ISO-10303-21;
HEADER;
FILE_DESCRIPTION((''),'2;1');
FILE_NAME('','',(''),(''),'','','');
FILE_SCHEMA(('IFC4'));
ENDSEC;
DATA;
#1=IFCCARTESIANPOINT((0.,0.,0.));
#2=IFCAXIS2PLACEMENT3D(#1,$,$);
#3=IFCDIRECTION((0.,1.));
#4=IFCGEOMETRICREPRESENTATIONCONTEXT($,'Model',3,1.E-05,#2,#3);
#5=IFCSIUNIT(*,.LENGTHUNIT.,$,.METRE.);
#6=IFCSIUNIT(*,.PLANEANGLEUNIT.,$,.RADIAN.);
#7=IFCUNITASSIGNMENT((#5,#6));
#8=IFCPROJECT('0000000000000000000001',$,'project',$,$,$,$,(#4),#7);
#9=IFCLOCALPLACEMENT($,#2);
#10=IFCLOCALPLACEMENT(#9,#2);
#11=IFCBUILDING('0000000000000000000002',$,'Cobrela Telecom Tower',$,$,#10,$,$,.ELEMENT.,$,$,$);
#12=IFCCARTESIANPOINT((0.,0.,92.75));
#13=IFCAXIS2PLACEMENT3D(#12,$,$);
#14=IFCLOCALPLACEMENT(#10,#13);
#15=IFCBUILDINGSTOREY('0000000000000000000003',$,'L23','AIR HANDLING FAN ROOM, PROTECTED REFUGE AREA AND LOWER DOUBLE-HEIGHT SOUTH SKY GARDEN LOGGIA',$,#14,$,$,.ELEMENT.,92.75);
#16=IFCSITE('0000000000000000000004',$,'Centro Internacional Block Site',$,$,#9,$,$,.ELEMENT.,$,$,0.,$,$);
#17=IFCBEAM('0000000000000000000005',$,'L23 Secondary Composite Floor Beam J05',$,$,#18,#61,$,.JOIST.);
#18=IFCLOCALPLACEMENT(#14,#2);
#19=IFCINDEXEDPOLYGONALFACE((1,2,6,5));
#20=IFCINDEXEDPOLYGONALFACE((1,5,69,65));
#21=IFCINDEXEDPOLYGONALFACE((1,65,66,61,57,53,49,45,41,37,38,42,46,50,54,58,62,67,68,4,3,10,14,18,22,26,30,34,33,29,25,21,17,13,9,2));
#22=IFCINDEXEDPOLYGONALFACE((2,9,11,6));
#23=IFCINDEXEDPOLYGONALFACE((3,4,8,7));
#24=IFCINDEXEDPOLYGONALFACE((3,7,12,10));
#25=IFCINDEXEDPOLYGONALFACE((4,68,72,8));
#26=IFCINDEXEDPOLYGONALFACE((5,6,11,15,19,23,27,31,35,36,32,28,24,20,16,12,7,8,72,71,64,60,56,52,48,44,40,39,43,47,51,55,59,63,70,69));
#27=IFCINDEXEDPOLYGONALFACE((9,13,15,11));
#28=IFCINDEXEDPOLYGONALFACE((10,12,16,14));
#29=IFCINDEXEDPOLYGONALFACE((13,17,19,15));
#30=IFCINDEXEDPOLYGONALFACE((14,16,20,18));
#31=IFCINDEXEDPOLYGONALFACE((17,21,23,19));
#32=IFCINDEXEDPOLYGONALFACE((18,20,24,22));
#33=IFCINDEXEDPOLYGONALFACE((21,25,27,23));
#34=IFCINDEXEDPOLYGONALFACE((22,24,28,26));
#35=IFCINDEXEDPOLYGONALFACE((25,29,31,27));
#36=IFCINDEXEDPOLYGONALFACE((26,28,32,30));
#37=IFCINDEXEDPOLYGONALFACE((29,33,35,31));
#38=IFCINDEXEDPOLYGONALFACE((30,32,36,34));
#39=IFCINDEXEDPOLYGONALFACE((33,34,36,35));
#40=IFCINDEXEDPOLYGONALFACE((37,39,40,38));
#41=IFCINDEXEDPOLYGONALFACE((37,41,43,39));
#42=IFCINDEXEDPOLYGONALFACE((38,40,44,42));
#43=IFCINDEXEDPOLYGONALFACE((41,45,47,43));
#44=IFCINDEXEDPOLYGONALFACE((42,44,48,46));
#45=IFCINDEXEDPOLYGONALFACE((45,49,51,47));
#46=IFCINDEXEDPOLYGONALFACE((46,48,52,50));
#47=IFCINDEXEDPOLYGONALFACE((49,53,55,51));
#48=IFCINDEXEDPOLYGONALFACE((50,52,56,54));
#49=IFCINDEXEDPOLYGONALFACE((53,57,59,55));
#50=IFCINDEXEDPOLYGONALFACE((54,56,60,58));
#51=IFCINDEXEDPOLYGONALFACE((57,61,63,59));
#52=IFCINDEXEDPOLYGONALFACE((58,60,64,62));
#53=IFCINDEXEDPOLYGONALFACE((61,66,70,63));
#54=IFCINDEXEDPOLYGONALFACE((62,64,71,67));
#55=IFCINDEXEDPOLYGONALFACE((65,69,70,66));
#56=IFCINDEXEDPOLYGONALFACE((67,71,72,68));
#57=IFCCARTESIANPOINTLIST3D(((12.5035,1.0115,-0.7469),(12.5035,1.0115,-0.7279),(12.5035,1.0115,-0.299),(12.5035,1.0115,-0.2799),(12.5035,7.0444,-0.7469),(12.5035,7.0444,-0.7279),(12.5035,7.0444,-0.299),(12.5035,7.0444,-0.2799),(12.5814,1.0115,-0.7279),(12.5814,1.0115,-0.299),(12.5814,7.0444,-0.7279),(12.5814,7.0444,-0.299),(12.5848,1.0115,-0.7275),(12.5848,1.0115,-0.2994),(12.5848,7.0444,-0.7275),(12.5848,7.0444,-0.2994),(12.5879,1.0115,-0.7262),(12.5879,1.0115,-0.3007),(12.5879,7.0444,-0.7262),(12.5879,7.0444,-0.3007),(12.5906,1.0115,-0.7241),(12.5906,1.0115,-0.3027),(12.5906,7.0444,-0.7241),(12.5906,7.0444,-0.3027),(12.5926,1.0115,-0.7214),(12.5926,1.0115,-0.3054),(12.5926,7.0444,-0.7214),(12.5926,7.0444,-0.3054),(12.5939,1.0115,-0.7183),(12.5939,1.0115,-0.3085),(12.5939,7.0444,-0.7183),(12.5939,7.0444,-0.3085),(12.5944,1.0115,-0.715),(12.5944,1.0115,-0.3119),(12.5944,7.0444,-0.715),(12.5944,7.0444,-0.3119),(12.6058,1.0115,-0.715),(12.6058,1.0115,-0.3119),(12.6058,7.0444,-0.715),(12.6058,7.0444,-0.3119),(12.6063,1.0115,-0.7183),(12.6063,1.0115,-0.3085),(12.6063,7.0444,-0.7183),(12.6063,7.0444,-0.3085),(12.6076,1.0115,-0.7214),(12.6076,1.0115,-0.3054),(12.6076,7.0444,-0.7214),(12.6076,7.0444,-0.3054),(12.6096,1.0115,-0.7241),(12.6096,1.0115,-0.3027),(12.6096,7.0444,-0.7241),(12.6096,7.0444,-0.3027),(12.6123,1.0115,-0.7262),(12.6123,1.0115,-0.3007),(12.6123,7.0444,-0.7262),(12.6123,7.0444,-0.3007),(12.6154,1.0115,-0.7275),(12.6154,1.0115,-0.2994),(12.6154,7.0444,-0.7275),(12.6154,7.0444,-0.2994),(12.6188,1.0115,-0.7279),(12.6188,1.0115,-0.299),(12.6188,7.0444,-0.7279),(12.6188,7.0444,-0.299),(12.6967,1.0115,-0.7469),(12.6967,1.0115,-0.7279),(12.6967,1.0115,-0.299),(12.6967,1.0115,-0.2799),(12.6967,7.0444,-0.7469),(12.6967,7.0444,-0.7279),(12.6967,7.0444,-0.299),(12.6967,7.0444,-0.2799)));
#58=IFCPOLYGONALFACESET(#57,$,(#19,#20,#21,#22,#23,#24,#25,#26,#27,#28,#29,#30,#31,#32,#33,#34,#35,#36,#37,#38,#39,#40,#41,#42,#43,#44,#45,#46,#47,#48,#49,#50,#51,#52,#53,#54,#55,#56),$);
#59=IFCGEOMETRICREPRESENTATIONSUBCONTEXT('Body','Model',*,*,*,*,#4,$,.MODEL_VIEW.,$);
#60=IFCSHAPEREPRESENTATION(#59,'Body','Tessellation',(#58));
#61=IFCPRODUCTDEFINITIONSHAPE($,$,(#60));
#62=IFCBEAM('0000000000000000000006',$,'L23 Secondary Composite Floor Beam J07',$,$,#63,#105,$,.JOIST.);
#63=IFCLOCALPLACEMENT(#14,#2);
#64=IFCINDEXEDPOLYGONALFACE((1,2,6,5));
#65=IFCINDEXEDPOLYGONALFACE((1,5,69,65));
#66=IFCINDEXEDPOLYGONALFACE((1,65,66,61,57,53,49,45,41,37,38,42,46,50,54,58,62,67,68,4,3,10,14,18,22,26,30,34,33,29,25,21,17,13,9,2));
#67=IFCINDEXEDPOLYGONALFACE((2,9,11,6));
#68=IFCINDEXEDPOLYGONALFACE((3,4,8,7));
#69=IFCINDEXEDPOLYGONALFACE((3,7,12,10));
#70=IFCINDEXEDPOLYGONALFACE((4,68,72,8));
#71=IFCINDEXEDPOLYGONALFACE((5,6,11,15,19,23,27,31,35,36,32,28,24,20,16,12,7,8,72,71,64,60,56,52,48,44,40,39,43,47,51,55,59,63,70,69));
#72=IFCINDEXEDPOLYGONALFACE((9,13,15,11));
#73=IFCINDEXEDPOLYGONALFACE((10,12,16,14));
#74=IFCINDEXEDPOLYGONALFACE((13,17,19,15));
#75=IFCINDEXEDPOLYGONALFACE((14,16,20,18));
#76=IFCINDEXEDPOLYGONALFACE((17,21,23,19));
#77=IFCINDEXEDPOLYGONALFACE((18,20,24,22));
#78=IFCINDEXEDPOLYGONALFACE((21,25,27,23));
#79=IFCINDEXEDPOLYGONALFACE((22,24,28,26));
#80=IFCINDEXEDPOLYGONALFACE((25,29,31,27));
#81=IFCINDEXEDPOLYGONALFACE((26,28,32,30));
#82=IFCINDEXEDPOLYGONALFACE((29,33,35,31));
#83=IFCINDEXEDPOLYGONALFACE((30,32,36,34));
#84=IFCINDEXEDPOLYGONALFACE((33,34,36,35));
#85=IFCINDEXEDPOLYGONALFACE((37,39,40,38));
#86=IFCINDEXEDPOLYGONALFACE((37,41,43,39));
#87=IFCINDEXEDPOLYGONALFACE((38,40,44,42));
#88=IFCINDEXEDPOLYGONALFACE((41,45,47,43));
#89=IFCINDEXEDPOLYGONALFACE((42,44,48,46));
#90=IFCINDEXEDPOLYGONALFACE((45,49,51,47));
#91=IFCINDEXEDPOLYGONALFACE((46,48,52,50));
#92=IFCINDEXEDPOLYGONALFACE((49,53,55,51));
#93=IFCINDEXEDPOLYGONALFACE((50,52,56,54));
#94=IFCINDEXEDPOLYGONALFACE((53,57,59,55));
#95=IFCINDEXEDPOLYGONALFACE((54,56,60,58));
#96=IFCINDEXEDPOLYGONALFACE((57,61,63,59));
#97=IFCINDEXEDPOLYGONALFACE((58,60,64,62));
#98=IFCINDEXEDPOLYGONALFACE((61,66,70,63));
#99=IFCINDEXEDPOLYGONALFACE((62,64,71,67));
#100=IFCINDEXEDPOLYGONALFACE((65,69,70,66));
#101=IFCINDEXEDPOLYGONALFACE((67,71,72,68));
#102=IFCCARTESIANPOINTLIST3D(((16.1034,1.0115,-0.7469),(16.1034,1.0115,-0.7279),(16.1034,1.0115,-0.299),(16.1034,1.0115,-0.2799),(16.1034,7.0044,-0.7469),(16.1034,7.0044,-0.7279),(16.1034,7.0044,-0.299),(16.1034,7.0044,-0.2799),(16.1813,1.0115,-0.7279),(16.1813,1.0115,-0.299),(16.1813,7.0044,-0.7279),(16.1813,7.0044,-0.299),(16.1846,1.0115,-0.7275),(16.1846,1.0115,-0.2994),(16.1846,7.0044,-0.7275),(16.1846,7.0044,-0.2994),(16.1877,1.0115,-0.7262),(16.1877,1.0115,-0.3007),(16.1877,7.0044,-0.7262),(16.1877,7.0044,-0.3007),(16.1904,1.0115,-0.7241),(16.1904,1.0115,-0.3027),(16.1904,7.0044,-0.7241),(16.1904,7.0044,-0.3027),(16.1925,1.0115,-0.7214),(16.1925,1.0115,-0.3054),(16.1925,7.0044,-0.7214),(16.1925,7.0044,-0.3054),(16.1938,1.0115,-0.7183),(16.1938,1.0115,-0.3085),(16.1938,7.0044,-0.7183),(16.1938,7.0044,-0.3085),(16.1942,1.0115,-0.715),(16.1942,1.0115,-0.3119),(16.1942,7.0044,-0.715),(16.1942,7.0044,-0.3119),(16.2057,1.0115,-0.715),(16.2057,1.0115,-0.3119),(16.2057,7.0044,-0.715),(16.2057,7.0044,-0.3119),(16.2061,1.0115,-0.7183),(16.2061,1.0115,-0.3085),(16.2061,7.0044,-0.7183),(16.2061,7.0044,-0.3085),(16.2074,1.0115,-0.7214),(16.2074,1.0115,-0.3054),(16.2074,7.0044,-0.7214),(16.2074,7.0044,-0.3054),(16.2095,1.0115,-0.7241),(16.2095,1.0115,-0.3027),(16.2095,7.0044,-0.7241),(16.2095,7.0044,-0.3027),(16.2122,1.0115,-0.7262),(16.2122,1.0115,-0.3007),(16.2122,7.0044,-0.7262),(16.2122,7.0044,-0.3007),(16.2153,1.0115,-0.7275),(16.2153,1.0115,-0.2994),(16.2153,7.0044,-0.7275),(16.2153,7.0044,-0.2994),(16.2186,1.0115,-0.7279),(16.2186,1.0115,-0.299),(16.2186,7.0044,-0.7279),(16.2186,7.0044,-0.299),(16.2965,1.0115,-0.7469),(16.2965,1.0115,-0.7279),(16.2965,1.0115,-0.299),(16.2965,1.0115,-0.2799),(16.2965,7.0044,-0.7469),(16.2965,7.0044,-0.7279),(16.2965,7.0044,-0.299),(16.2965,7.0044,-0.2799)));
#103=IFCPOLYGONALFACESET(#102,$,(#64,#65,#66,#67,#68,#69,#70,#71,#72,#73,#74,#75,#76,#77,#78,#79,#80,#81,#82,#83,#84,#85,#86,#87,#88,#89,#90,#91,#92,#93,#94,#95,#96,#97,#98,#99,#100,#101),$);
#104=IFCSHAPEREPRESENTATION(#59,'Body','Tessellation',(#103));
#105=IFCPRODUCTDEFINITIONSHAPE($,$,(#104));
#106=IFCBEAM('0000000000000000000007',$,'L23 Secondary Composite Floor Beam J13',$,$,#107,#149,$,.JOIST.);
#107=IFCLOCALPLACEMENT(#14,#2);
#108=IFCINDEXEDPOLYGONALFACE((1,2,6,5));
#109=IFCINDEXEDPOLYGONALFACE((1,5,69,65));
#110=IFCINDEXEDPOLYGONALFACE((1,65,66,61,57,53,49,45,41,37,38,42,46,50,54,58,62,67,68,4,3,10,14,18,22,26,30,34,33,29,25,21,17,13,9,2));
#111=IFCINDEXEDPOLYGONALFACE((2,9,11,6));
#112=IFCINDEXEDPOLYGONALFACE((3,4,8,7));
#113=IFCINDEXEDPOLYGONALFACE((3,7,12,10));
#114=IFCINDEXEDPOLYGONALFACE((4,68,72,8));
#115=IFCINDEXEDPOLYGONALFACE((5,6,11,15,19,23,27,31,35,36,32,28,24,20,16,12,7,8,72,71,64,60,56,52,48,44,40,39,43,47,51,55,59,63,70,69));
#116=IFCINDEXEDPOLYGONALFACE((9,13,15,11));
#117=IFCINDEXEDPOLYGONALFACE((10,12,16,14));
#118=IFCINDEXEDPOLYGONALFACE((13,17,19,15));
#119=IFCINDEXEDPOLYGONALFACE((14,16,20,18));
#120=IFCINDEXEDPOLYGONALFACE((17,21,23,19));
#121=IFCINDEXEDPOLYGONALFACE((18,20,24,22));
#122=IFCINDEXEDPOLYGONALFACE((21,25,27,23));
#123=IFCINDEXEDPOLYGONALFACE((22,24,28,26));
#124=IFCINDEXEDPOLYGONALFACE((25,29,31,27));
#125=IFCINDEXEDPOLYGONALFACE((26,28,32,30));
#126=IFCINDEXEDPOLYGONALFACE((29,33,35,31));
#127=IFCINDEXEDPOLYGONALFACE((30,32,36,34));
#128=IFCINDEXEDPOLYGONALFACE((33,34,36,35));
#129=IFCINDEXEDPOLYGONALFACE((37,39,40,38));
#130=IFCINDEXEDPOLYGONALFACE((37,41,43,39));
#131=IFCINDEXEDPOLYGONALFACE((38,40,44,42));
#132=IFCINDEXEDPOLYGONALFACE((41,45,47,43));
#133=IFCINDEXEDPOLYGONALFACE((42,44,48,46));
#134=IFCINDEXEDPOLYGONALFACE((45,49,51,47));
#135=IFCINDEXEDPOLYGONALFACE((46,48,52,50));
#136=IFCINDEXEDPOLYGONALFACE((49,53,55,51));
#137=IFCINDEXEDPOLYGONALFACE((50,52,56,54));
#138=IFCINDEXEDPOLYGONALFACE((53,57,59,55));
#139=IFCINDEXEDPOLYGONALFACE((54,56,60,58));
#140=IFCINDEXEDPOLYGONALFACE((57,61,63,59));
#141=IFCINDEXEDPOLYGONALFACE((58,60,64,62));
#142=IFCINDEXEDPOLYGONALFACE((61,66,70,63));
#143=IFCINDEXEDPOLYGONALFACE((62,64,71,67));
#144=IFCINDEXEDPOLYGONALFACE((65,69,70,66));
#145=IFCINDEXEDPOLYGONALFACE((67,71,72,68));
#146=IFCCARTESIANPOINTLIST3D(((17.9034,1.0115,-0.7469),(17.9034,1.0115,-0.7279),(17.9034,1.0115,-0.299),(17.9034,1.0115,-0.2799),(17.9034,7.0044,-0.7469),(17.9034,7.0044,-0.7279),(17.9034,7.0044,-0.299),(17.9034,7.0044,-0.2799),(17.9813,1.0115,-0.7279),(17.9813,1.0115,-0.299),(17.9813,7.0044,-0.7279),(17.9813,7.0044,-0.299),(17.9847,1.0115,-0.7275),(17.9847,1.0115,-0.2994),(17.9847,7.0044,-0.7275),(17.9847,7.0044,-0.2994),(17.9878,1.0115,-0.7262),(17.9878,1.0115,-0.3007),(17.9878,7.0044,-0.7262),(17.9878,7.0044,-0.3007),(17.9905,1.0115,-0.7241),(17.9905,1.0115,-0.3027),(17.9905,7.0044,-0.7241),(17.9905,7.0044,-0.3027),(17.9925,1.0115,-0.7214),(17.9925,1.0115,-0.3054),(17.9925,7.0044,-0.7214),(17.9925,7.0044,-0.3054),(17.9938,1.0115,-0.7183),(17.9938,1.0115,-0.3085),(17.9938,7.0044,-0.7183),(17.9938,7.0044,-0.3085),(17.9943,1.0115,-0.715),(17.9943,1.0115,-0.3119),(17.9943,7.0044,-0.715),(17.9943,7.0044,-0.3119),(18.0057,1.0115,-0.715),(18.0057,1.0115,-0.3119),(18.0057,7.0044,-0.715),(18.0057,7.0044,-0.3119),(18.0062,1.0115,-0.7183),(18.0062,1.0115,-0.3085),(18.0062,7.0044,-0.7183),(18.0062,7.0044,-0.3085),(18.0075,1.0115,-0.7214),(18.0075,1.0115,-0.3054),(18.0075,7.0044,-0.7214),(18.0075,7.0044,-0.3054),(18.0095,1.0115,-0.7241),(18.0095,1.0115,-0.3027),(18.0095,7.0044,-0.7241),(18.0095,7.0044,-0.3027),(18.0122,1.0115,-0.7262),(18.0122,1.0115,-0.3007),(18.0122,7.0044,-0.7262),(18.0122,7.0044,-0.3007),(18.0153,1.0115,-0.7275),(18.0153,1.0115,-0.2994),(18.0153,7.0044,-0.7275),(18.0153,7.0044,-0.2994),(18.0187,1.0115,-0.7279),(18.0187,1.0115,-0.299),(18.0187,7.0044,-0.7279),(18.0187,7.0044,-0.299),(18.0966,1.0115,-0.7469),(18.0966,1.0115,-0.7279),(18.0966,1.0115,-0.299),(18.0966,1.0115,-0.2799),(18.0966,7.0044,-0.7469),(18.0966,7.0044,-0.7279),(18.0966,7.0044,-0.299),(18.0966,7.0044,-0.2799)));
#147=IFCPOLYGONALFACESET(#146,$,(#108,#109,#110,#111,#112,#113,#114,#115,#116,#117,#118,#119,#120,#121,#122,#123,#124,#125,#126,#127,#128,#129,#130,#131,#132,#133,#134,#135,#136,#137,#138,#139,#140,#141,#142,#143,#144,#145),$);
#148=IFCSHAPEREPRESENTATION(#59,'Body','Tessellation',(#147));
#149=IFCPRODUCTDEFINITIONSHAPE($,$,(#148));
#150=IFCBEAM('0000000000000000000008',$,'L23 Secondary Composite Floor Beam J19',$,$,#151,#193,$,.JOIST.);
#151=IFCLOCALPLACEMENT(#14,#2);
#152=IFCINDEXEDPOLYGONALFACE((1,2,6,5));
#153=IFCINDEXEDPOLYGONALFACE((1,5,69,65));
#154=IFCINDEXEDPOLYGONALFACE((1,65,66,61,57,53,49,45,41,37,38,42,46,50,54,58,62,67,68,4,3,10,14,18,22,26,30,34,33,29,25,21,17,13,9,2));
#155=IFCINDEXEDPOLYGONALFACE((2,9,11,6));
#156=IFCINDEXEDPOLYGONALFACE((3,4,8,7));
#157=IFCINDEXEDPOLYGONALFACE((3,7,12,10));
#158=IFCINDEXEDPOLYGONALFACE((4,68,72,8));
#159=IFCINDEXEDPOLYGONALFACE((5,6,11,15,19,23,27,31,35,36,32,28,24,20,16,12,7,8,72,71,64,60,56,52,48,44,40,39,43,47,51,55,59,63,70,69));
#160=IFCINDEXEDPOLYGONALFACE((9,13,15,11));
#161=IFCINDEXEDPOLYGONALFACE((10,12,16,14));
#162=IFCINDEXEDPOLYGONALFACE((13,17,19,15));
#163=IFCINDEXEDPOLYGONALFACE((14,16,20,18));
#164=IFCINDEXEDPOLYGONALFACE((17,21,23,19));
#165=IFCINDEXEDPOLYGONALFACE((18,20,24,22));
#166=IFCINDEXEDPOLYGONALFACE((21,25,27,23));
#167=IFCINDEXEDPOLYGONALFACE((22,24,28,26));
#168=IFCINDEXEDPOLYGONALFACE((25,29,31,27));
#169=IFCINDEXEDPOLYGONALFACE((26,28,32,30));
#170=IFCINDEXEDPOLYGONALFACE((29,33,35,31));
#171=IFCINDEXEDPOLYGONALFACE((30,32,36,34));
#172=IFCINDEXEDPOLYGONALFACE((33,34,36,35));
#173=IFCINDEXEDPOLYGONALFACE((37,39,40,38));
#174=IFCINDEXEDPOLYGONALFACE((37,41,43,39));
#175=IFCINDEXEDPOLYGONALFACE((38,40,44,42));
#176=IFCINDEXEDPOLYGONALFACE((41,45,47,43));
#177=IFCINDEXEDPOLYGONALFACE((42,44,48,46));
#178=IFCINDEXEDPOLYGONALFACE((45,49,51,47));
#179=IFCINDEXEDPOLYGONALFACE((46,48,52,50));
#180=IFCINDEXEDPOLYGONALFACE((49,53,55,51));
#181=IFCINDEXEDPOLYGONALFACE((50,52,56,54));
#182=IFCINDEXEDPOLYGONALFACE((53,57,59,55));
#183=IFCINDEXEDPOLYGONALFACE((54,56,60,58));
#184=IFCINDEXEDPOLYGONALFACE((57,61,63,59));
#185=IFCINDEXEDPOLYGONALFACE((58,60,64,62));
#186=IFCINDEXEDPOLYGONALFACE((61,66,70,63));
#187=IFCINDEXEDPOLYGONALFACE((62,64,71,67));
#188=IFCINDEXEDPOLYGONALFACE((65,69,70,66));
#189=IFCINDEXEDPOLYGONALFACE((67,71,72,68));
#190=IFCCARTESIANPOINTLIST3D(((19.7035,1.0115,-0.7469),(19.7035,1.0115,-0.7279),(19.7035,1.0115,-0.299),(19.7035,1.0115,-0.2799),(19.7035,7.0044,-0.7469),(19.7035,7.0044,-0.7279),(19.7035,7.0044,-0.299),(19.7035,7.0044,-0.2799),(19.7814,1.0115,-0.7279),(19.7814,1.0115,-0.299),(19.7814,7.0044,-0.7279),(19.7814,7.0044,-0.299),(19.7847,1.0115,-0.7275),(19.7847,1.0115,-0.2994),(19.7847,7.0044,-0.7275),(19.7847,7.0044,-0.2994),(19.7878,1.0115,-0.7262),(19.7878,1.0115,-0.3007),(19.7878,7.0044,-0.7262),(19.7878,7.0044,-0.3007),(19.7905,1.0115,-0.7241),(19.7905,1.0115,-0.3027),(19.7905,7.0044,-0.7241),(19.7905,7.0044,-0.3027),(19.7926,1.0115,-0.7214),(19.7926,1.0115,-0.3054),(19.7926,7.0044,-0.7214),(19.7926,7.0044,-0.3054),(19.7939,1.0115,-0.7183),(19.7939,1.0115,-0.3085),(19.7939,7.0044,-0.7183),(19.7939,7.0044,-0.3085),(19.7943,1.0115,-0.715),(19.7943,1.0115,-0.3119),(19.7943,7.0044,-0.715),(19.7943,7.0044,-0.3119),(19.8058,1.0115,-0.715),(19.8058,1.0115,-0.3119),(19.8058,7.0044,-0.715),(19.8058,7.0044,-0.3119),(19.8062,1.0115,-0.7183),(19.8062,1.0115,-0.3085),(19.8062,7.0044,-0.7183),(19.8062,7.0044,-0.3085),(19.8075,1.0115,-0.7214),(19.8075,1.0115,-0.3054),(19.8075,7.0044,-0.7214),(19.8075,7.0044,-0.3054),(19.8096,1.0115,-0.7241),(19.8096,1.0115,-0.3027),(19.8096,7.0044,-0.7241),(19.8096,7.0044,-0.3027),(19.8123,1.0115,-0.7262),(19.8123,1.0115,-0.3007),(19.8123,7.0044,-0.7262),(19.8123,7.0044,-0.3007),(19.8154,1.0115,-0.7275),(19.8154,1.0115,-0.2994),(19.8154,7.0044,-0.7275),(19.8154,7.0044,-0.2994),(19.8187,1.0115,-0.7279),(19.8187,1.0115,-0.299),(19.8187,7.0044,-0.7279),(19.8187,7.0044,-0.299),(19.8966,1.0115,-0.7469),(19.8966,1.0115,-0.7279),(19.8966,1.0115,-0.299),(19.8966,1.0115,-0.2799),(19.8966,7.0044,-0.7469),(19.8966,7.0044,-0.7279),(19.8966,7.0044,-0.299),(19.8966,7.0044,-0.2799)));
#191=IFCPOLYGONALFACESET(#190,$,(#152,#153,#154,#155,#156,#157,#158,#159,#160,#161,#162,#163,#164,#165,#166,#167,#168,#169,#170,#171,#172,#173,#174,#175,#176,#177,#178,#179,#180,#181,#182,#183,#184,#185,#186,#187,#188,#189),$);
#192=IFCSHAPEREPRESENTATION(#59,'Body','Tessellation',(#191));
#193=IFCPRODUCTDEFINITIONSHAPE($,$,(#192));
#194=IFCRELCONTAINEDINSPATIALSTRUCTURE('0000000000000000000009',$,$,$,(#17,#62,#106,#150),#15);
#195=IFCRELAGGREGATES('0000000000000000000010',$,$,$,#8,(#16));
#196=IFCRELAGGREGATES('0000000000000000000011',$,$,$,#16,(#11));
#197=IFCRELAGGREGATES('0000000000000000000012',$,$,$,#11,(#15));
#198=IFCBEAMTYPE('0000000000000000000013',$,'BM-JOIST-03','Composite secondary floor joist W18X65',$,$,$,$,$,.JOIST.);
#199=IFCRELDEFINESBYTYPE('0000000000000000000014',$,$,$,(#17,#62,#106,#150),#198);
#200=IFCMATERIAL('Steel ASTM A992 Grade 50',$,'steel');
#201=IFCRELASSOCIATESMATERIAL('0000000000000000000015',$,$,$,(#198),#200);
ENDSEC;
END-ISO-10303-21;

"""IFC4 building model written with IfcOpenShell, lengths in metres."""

from ifc_helpers import new_model, si_unit, direction, frame, origin, origin_2d, place, context, subcontext, project, spatial, i_section, extrude, material, material_profile, profile_set, type_object, element, save


model = new_model("IFC4")

# Units and contexts
model_context = context("Model", 3, precision=1e-05, world=origin(), true_north=direction((0.0, 1.0)))
body_context = subcontext(model_context, "Body", "Model", "MODEL_VIEW")
ifc_project = project(units=[si_unit("LENGTHUNIT", "METRE"), si_unit("PLANEANGLEUNIT", "RADIAN")], contexts=[model_context])

# Site, building, storey
site_placement = place(None, origin())
site = spatial("IfcSite", under=ifc_project, at=site_placement, Name="Centro Internacional Block Site", CompositionType="ELEMENT", RefElevation=0.0)
building_placement = place(site_placement, origin())
building = spatial("IfcBuilding", under=site, at=building_placement, Name="Cobrela Telecom Tower", CompositionType="ELEMENT")
storey_placement = place(building_placement, frame((0.0, 0.0, 92.75)))
storey = spatial("IfcBuildingStorey", under=building, at=storey_placement, Name="L23", Description="AIR HANDLING FAN ROOM, PROTECTED REFUGE AREA AND LOWER DOUBLE-HEIGHT SOUTH SKY GARDEN LOGGIA", CompositionType="ELEMENT", Elevation=92.75)

# Beams
ifc_material_1 = material(Name="Steel ASTM A992 Grade 50", Category="steel")
ifc_material_profile_1 = material_profile(ifc_material_1, i_section(OverallWidth=0.1931, OverallDepth=0.467, WebThickness=0.0115, FlangeThickness=0.019, FilletRadius=0.0129, at=origin_2d()), Name="W18X65")
ifc_profile_set_1 = profile_set([ifc_material_profile_1], Name="Steel ASTM A992 Grade 50")
beam_type_1 = type_object("IfcBeamType", Name="BM-JOIST-03", Description="Composite secondary floor joist W18X65", PredefinedType="JOIST", material=ifc_profile_set_1)
for number, where, z_axis, x_axis, name in (
    (1, (12.6001, 1.0115, -0.5134), (0.0, 1.0, 0.0), (-1.0, 0.0, 0.0), "L23 Secondary Composite Floor Beam J05"),
):
    element("IfcBeam", number, at=place(storey_placement, frame(where, z_axis=z_axis, x_axis=x_axis)), inside=storey, type_object=beam_type_1, Name=name, PredefinedType="JOIST", context=body_context, shape_type="SweptSolid", body=[
        extrude(i_section(OverallWidth=0.1931, OverallDepth=0.467, WebThickness=0.0115, FlangeThickness=0.019, FilletRadius=0.0129, at=origin_2d()), origin(), (0.0, 0.0, 1.0), 6.033),
    ])
for number, where, z_axis, x_axis, name in (
    (2, (16.2, 1.0115, -0.5134), (0.0, 1.0, 0.0), (-1.0, 0.0, 0.0), "L23 Secondary Composite Floor Beam J07"),
    (3, (18.0, 1.0115, -0.5134), (0.0, 1.0, 0.0), (-1.0, 0.0, 0.0), "L23 Secondary Composite Floor Beam J13"),
    (4, (19.8, 1.0115, -0.5134), (0.0, 1.0, 0.0), (-1.0, 0.0, 0.0), "L23 Secondary Composite Floor Beam J19"),
):
    element("IfcBeam", number, at=place(storey_placement, frame(where, z_axis=z_axis, x_axis=x_axis)), inside=storey, type_object=beam_type_1, Name=name, PredefinedType="JOIST", context=body_context, shape_type="SweptSolid", body=[
        extrude(i_section(OverallWidth=0.1931, OverallDepth=0.467, WebThickness=0.0115, FlangeThickness=0.019, FilletRadius=0.0129, at=origin_2d()), origin(), (0.0, 0.0, 1.0), 5.9929),
    ])

save(model, "model.ifc")
